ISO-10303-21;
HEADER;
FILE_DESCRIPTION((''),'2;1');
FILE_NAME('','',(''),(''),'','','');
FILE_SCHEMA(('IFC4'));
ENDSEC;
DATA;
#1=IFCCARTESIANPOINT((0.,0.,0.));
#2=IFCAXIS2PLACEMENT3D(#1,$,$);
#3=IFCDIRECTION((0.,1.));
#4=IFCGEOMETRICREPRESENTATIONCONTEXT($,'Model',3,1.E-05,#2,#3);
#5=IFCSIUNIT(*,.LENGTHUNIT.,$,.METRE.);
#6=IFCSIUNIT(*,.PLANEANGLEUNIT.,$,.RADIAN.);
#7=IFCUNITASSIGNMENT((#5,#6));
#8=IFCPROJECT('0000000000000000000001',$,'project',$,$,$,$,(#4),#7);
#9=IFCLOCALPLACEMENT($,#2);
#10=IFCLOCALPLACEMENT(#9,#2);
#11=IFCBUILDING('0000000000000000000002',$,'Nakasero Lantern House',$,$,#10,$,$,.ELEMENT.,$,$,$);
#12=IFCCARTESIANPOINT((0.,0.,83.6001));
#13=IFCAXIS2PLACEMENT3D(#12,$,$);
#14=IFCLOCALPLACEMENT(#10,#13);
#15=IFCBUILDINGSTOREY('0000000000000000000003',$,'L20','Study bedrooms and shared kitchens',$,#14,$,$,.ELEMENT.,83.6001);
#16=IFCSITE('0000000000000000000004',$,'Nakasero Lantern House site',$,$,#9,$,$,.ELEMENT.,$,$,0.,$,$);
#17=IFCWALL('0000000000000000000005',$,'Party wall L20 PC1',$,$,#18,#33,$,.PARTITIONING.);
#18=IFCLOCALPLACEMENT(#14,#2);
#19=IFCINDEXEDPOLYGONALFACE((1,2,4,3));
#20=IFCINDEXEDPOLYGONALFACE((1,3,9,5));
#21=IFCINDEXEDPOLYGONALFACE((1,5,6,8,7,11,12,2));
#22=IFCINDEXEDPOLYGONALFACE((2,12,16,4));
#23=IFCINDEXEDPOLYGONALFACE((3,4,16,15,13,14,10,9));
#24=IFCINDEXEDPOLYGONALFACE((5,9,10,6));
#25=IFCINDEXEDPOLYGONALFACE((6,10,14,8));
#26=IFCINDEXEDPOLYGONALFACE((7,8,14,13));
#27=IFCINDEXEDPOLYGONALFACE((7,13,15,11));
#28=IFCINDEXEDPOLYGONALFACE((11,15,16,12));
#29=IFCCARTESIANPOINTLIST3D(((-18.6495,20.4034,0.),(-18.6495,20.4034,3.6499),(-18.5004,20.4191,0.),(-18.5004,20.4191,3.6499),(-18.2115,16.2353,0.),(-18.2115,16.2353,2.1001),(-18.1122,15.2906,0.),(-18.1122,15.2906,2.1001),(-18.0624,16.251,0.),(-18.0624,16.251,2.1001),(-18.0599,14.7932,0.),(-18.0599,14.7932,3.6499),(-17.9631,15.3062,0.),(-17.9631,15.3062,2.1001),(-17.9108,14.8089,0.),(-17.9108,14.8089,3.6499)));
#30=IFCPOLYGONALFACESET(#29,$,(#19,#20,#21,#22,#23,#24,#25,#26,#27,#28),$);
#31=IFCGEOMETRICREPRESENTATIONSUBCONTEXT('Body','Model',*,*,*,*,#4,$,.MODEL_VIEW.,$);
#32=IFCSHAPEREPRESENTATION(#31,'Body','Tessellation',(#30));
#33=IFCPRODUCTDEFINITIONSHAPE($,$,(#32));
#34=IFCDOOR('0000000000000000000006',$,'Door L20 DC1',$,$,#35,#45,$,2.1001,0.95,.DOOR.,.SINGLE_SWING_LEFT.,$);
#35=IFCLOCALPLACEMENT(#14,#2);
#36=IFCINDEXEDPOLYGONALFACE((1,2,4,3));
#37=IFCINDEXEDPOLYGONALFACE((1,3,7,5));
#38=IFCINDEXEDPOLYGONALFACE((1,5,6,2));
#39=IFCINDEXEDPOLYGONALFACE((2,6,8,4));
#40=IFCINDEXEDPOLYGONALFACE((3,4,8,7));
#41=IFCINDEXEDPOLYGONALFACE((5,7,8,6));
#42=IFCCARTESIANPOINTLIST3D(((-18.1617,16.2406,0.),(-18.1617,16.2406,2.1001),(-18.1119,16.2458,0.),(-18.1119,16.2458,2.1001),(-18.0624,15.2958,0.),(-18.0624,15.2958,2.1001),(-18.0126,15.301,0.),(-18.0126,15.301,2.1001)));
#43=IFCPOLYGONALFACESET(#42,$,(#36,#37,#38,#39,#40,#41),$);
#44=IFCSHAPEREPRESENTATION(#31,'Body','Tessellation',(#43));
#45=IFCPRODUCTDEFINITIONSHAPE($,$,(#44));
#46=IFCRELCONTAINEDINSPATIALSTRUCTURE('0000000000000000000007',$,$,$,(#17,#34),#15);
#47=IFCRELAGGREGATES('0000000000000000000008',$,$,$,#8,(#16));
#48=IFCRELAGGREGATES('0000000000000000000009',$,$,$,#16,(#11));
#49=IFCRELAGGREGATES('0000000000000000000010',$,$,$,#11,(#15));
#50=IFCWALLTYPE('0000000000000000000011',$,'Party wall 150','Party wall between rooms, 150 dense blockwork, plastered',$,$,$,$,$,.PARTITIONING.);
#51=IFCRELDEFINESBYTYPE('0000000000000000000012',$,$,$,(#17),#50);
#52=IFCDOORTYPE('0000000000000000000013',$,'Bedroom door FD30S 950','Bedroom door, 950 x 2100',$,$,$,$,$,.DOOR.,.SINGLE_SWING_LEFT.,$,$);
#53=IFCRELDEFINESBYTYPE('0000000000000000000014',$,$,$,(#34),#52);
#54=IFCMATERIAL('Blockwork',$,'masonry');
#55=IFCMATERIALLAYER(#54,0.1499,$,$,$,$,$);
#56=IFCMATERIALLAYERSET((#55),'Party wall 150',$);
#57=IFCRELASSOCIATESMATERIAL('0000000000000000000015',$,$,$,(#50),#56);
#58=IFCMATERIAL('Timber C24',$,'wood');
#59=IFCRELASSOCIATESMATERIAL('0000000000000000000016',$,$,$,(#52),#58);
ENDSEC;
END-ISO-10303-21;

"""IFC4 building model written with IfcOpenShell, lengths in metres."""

from ifc_helpers import new_model, si_unit, direction, frame, frame_2d, origin, place, context, subcontext, project, spatial, rectangle, extrude, material, layer, layer_set, type_object, element, fill, save


model = new_model("IFC4")

# Units and contexts
model_context = context("Model", 3, precision=1e-05, world=origin(), true_north=direction((0.0, 1.0)))
body_context = subcontext(model_context, "Body", "Model", "MODEL_VIEW")
ifc_project = project(units=[si_unit("LENGTHUNIT", "METRE"), si_unit("PLANEANGLEUNIT", "RADIAN")], contexts=[model_context])

# Site, building, storey
site_placement = place(None, origin())
site = spatial("IfcSite", under=ifc_project, at=site_placement, Name="Nakasero Lantern House site", CompositionType="ELEMENT", RefElevation=0.0)
building_placement = place(site_placement, origin())
building = spatial("IfcBuilding", under=site, at=building_placement, Name="Nakasero Lantern House", CompositionType="ELEMENT")
storey_placement = place(building_placement, frame((0.0, 0.0, 83.6001)))
storey = spatial("IfcBuildingStorey", under=building, at=storey_placement, Name="L20", Description="Study bedrooms and shared kitchens", CompositionType="ELEMENT", Elevation=83.6001)

# Shared definitions
ifc_material_1 = material(Name="Blockwork", Category="masonry")
ifc_layer_1 = layer(ifc_material_1, 0.1499)
ifc_layer_set_1 = layer_set([ifc_layer_1], Name="Party wall 150")
wall_type_1 = type_object("IfcWallType", Name="Party wall 150", Description="Party wall between rooms, 150 dense blockwork, plastered", PredefinedType="PARTITIONING", material=ifc_layer_set_1)

# Wall, opening, door
wall_1_placement = place(storey_placement, frame((-17.9854, 14.801, 0.0), z_axis=(0.0, 0.0, 1.0), x_axis=(-0.10452, 0.994523, 0.0)))
wall_1 = element("IfcWall", 1, at=wall_1_placement, inside=storey, type_object=wall_type_1, Name="Party wall L20 PC1", PredefinedType="PARTITIONING", context=body_context, shape_type="SweptSolid", body=[
    extrude(rectangle(XDim=5.6411, YDim=0.1499, at=frame_2d((2.8206, 0.0))), origin(), (0.0, 0.0, 1.0), 3.6499),
])
opening_1_placement = place(wall_1_placement, frame((0.5, 0.0, 0.0)))
opening_1 = element("IfcOpeningElement", 2, at=opening_1_placement, cuts=wall_1, PredefinedType="OPENING", context=body_context, shape_type="SweptSolid", body=[
    extrude(rectangle(XDim=0.95, YDim=2.1001, at=frame_2d((0.4751, 1.05))), frame((0.0, 0.095, 0.0), z_axis=(0.0, -1.0, 0.0), x_axis=(1.0, 0.0, 0.0)), (0.0, 0.0, 1.0), 0.1899),
])
ifc_material_2 = material(Name="Timber C24", Category="wood")
door_type_1 = type_object("IfcDoorType", Name="Bedroom door FD30S 950", Description="Bedroom door, 950 x 2100", OperationType="SINGLE_SWING_LEFT", PredefinedType="DOOR", material=ifc_material_2)
door_1_placement = place(opening_1_placement, origin())
door_1 = element("IfcDoor", 3, at=door_1_placement, inside=storey, type_object=door_type_1, Name="Door L20 DC1", OperationType="SINGLE_SWING_LEFT", OverallHeight=2.1001, OverallWidth=0.95, PredefinedType="DOOR", context=body_context, shape_type="SweptSolid", body=[
    extrude(rectangle(XDim=0.95, YDim=2.1001, at=frame_2d((0.4751, 1.05))), frame((0.0, 0.0249, 0.0), z_axis=(0.0, -1.0, 0.0), x_axis=(1.0, 0.0, 0.0)), (0.0, 0.0, 1.0), 0.05),
])
fill(opening_1, door_1)

save(model, "model.ifc")
